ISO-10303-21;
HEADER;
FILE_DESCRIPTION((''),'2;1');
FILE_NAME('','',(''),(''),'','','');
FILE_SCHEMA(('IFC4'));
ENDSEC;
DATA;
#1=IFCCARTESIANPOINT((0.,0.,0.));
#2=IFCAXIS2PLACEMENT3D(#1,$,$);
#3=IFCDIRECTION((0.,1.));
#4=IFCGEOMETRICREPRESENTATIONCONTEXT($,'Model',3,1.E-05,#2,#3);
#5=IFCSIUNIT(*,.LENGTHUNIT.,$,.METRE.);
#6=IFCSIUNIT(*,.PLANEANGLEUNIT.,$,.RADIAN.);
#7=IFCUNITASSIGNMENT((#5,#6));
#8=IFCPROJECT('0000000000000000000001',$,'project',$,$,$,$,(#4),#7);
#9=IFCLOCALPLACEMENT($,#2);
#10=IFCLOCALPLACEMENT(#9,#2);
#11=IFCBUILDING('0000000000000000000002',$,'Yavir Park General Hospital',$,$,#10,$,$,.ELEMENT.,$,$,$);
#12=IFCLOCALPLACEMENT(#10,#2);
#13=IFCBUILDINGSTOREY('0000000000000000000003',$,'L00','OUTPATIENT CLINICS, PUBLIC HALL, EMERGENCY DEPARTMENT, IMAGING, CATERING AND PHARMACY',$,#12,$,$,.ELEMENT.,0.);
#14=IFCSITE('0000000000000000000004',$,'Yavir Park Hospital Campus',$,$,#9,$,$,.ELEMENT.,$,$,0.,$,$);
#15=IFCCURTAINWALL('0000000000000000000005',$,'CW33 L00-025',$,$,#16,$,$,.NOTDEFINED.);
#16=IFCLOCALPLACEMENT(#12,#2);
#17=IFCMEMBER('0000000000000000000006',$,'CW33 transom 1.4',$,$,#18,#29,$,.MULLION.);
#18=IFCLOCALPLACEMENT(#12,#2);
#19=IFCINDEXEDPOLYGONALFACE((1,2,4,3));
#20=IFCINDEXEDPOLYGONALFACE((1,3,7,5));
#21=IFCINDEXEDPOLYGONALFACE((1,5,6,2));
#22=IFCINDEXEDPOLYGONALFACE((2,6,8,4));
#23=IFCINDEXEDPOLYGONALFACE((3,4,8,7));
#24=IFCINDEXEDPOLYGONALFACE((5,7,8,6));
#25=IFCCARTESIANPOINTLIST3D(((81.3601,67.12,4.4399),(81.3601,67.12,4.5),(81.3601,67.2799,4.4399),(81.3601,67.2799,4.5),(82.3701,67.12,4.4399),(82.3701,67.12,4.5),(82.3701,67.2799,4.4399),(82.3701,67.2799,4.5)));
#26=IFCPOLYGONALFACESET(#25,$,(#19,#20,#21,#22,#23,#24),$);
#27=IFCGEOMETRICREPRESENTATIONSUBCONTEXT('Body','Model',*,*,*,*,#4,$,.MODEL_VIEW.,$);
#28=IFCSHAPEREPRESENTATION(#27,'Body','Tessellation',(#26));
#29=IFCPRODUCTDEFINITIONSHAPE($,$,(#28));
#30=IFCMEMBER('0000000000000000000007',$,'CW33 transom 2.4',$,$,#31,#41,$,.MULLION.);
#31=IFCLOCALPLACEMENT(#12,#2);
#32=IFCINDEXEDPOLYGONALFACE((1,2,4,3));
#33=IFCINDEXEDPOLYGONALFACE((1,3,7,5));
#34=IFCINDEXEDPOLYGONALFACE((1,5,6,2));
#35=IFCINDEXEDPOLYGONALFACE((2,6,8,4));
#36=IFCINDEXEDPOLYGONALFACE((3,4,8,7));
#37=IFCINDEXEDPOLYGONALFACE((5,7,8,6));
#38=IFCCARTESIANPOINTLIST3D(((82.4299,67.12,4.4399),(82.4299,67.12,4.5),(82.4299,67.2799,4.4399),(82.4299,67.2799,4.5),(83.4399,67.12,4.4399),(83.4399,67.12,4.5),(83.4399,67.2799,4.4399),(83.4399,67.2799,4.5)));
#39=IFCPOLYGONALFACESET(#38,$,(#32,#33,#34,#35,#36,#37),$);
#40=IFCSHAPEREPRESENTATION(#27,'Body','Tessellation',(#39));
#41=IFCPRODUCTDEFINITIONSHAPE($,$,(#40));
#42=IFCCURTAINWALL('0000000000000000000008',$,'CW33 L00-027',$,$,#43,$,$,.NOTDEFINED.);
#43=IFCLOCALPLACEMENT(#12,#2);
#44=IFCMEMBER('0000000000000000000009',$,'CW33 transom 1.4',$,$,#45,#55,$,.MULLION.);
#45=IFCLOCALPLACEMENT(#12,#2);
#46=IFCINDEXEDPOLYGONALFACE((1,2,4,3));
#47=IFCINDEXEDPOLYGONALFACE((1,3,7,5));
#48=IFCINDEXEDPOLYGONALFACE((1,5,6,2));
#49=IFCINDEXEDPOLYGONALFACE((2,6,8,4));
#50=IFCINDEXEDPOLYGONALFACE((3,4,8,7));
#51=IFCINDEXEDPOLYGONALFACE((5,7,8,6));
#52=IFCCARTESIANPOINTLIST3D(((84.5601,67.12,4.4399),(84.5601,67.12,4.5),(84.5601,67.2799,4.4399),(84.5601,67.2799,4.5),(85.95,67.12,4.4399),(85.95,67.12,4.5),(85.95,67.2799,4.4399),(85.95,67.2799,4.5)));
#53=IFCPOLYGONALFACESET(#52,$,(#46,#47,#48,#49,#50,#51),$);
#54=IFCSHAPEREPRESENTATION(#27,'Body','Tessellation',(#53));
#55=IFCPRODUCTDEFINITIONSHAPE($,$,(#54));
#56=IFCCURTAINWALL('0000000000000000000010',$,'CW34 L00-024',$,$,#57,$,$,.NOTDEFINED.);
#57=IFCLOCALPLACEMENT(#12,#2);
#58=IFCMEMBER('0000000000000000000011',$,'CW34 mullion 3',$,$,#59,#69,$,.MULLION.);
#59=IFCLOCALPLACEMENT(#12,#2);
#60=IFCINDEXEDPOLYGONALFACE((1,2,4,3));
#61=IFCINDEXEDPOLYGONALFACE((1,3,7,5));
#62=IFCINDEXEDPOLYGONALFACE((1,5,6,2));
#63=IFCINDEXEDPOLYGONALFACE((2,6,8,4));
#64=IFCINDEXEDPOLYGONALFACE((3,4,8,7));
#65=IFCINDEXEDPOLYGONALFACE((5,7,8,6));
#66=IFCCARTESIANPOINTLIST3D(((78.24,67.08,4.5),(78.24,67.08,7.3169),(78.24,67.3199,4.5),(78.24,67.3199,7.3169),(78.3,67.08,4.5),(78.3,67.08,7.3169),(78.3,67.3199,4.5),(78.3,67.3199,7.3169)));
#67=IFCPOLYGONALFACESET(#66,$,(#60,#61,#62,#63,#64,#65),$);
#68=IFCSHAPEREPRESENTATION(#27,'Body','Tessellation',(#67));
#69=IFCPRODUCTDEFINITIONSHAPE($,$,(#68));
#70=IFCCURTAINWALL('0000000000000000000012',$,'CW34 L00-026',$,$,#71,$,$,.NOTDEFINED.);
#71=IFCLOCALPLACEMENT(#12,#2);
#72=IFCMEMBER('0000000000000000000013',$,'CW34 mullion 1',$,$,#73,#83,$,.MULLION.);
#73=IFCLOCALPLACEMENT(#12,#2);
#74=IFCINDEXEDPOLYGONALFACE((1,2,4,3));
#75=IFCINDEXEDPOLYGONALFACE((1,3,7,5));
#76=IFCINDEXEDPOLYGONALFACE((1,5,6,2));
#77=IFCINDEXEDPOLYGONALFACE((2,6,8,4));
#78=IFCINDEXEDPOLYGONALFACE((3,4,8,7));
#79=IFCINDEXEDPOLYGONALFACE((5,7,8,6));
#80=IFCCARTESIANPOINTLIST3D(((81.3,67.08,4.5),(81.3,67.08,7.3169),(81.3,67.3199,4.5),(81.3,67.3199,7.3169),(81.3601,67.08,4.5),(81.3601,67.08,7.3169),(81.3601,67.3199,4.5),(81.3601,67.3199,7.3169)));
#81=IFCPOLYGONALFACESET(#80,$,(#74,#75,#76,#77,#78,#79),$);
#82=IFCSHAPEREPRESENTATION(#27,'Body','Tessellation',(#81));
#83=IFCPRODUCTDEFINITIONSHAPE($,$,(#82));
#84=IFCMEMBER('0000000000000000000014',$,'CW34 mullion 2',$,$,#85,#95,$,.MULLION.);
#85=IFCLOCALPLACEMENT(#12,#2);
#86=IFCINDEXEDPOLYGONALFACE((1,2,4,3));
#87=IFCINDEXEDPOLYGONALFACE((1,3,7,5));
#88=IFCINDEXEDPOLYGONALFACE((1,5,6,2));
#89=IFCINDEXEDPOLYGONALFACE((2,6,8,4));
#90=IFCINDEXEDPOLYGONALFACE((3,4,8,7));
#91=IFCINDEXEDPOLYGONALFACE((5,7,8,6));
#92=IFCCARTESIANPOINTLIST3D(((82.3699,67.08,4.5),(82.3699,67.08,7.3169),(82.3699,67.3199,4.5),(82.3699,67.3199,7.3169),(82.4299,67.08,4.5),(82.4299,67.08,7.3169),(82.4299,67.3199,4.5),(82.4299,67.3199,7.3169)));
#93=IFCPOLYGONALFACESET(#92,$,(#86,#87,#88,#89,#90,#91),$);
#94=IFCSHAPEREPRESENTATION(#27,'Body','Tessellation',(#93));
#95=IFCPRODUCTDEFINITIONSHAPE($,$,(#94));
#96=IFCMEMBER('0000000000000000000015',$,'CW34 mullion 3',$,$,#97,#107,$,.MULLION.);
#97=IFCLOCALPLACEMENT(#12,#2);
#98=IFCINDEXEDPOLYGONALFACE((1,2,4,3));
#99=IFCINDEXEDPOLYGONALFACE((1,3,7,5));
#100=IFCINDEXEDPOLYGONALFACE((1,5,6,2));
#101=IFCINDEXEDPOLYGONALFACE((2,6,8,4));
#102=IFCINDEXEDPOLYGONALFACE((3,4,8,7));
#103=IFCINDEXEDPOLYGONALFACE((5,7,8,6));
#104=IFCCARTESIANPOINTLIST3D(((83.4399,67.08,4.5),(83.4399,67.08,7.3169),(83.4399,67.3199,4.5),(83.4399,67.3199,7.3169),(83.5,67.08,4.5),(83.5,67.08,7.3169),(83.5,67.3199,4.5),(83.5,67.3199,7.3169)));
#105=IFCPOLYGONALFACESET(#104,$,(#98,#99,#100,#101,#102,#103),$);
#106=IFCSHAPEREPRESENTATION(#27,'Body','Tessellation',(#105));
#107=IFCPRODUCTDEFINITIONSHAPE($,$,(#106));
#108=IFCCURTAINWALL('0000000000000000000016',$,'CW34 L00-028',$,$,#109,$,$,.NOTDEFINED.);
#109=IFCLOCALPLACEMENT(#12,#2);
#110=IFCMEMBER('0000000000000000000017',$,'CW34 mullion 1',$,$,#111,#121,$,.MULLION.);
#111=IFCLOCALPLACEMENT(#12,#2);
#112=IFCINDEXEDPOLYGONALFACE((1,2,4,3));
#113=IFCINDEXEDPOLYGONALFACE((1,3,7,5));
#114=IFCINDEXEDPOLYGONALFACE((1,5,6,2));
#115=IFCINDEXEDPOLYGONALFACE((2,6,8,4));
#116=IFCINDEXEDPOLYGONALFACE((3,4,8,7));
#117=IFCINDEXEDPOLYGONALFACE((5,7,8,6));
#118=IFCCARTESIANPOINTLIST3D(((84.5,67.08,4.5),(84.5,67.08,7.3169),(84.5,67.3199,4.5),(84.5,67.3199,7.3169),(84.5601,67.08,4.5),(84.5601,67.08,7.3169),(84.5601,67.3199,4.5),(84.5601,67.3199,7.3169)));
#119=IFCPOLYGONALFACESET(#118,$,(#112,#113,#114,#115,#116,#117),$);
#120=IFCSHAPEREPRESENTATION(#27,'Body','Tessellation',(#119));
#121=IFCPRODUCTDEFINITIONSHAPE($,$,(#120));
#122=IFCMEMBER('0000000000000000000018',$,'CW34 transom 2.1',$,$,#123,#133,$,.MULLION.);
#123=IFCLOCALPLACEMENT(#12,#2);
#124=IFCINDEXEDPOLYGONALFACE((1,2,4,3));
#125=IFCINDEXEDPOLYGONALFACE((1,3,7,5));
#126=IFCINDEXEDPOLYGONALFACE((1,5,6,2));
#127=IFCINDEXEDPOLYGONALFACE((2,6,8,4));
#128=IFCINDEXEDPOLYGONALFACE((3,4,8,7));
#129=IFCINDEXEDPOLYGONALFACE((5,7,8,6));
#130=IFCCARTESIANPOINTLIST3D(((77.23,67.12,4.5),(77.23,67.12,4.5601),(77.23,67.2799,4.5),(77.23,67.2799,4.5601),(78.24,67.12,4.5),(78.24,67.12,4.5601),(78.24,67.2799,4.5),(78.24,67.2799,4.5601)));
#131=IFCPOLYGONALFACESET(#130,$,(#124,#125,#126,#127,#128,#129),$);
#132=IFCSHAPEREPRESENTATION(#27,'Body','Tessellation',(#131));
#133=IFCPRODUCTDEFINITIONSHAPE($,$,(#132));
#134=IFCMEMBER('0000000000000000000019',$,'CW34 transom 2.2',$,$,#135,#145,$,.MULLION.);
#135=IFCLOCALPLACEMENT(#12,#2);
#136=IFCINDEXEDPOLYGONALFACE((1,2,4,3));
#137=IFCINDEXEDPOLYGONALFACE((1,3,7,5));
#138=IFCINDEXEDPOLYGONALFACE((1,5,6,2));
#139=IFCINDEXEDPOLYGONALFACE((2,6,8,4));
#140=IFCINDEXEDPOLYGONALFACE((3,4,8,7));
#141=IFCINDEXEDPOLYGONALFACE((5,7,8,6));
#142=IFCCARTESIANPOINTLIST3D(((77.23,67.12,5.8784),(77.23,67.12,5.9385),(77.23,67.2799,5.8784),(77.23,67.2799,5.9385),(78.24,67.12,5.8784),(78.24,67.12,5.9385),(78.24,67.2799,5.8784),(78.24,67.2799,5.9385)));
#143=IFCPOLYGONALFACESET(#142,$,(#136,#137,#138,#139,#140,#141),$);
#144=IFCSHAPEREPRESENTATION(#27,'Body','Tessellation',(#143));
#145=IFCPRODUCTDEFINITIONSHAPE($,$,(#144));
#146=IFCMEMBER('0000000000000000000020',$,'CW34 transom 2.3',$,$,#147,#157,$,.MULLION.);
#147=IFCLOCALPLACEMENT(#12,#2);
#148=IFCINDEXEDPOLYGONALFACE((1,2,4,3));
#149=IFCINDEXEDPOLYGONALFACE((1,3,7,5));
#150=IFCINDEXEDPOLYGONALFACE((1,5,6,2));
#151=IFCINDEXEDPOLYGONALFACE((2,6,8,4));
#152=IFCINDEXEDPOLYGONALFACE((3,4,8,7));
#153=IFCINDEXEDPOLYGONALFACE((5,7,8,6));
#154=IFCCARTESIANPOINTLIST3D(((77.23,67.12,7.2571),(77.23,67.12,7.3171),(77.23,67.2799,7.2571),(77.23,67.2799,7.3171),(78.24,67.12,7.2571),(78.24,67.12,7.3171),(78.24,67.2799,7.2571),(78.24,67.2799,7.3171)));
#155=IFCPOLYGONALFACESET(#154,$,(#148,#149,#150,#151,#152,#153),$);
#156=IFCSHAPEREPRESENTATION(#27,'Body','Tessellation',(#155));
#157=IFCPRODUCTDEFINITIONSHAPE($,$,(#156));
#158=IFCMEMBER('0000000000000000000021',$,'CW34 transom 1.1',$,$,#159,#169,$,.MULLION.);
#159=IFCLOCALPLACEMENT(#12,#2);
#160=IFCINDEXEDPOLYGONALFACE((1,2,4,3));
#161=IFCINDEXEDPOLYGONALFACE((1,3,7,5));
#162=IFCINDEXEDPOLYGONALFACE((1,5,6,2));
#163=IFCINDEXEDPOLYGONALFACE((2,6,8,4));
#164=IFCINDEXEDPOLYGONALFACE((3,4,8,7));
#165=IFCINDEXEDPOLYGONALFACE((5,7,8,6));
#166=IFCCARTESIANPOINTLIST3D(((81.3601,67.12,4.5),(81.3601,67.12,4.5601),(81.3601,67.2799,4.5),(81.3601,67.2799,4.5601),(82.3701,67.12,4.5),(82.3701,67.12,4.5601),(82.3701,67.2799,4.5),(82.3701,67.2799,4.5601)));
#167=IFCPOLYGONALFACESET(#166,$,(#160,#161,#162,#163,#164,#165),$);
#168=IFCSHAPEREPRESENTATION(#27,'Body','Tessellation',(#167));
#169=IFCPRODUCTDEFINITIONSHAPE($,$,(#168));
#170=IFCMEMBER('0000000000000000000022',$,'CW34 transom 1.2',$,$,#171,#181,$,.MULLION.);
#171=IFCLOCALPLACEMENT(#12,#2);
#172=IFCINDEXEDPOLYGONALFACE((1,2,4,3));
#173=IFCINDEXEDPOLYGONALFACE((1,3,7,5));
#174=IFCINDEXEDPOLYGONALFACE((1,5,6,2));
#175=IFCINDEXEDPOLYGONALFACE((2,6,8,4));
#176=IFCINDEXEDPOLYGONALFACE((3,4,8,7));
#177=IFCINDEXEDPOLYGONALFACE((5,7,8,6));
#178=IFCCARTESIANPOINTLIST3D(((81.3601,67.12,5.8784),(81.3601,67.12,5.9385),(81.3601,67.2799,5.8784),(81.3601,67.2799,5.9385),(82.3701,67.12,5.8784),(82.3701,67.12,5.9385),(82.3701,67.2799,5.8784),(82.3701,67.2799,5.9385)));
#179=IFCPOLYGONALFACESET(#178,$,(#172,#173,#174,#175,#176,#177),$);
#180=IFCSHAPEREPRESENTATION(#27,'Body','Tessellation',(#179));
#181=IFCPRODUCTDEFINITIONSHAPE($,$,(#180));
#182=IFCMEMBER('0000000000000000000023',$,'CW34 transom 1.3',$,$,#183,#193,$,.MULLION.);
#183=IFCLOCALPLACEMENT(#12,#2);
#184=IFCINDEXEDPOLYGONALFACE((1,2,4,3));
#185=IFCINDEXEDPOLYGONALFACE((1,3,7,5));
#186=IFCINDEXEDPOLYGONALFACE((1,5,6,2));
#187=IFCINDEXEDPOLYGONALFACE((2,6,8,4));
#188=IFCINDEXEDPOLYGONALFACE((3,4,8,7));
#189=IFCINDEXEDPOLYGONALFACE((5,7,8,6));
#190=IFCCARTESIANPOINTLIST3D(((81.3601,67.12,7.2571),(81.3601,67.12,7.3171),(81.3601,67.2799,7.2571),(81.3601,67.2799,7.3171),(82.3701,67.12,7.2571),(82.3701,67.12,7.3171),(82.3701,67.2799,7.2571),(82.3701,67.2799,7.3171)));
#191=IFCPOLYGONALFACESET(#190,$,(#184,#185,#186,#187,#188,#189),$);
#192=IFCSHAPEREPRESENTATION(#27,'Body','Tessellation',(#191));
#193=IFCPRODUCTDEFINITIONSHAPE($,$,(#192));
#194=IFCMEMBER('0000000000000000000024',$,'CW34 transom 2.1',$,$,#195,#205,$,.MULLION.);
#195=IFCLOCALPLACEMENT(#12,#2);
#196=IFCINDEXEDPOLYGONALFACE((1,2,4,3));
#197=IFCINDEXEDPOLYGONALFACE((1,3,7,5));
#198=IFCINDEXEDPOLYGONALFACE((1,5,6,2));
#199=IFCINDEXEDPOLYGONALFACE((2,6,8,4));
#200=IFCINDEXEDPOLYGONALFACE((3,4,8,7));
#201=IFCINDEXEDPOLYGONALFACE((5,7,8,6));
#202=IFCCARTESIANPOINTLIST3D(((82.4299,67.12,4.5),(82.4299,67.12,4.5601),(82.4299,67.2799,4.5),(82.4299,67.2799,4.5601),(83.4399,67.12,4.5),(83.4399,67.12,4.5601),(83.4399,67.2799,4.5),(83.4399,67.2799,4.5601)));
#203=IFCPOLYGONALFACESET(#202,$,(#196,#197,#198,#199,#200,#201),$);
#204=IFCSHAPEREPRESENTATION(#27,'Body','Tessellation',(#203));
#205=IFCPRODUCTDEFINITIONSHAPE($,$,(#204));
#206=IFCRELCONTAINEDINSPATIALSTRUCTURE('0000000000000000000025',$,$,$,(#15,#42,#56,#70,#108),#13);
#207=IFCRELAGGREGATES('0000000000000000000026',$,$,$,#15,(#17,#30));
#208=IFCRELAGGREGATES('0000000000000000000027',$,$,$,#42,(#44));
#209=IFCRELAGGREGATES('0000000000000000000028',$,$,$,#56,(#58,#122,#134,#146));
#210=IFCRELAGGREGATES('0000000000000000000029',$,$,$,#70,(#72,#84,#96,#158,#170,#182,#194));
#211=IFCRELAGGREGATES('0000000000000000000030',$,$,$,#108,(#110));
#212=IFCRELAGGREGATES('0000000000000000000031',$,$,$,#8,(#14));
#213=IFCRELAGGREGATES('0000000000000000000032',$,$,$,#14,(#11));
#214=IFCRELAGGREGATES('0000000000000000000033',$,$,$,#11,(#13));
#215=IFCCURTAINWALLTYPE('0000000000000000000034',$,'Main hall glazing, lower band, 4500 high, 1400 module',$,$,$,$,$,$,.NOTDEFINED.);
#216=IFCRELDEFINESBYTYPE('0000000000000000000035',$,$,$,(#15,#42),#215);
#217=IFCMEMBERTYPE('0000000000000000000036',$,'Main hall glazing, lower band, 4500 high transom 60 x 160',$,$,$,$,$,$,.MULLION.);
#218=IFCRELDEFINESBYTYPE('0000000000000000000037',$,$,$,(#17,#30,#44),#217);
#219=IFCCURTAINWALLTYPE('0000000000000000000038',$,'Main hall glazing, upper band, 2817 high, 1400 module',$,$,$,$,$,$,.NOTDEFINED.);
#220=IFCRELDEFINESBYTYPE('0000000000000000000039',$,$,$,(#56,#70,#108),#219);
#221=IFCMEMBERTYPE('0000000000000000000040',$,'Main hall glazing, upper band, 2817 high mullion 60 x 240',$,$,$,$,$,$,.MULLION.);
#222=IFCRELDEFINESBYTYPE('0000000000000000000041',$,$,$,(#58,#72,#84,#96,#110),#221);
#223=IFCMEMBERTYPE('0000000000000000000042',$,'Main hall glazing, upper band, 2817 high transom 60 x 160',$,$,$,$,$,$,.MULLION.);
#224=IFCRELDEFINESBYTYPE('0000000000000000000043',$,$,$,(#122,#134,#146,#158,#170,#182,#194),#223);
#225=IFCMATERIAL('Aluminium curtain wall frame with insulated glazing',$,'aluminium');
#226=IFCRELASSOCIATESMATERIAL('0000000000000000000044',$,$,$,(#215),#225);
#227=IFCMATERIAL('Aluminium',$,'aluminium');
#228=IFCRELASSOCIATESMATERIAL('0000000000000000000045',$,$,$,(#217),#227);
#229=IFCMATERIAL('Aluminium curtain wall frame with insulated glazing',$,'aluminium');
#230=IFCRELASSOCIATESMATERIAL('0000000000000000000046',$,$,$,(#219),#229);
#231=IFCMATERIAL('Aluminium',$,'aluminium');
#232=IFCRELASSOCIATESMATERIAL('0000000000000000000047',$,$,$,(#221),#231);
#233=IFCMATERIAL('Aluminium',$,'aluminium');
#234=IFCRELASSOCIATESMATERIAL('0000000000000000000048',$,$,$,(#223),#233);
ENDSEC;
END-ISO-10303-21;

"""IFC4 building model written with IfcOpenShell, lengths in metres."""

from ifc_helpers import new_model, si_unit, direction, frame, origin, origin_2d, place, context, subcontext, project, spatial, rectangle, extrude, material, material_profile, profile_set, type_object, element, aggregate, save


model = new_model("IFC4")

# Units and contexts
model_context = context("Model", 3, precision=1e-05, world=origin(), true_north=direction((0.0, 1.0)))
body_context = subcontext(model_context, "Body", "Model", "MODEL_VIEW")
ifc_project = project(units=[si_unit("LENGTHUNIT", "METRE"), si_unit("PLANEANGLEUNIT", "RADIAN")], contexts=[model_context])

# Site, building, storey
site_placement = place(None, origin())
site = spatial("IfcSite", under=ifc_project, at=site_placement, Name="Yavir Park Hospital Campus", CompositionType="ELEMENT", RefElevation=0.0)
building_placement = place(site_placement, origin())
building = spatial("IfcBuilding", under=site, at=building_placement, Name="Yavir Park General Hospital", CompositionType="ELEMENT")
storey_placement = place(building_placement, origin())
storey = spatial("IfcBuildingStorey", under=building, at=storey_placement, Name="L00", Description="OUTPATIENT CLINICS, PUBLIC HALL, EMERGENCY DEPARTMENT, IMAGING, CATERING AND PHARMACY", CompositionType="ELEMENT", Elevation=0.0)

# Curtain wall, members
ifc_material_1 = material(Name="Aluminium curtain wall frame with insulated glazing", Category="aluminium")
curtain_wall_type_1 = type_object("IfcCurtainWallType", Name="Main hall glazing, lower band, 4500 high, 1400 module", PredefinedType="NOTDEFINED", material=ifc_material_1)
curtain_wall_1_placement = place(storey_placement, origin())
curtain_wall_1 = element("IfcCurtainWall", 1, at=curtain_wall_1_placement, inside=storey, type_object=curtain_wall_type_1, Name="CW33 L00-025", PredefinedType="NOTDEFINED")
ifc_material_2 = material(Name="Aluminium", Category="aluminium")
ifc_material_profile_1 = material_profile(ifc_material_2, rectangle(XDim=0.1599, YDim=0.0601, at=origin_2d()), Name="AL 160x60")
ifc_profile_set_1 = profile_set([ifc_material_profile_1], Name="Aluminium")
member_type_1 = type_object("IfcMemberType", Name="Main hall glazing, lower band, 4500 high transom 60 x 160", PredefinedType="MULLION", material=ifc_profile_set_1)
member_1_placement = place(storey_placement, frame((81.3601, 67.2, 4.47), z_axis=(1.0, 0.0, 0.0), x_axis=(0.0, 1.0, 0.0)))
member_1 = element("IfcMember", 2, at=member_1_placement, type_object=member_type_1, Name="CW33 transom 1.4", PredefinedType="MULLION", context=body_context, shape_type="SweptSolid", body=[
    extrude(rectangle(XDim=0.1599, YDim=0.0601, at=origin_2d()), origin(), (0.0, 0.0, 1.0), 1.01),
])
member_2_placement = place(storey_placement, frame((82.4299, 67.2, 4.47), z_axis=(1.0, 0.0, 0.0), x_axis=(0.0, 1.0, 0.0)))
member_2 = element("IfcMember", 3, at=member_2_placement, type_object=member_type_1, Name="CW33 transom 2.4", PredefinedType="MULLION", context=body_context, shape_type="SweptSolid", body=[
    extrude(rectangle(XDim=0.1599, YDim=0.0601, at=origin_2d()), origin(), (0.0, 0.0, 1.0), 1.01),
])

# Curtain walls, members
curtain_wall_2_placement = place(storey_placement, origin())
curtain_wall_2 = element("IfcCurtainWall", 4, at=curtain_wall_2_placement, inside=storey, type_object=curtain_wall_type_1, Name="CW33 L00-027", PredefinedType="NOTDEFINED")
member_3_placement = place(storey_placement, frame((84.5601, 67.2, 4.47), z_axis=(1.0, 0.0, 0.0), x_axis=(0.0, 1.0, 0.0)))
member_3 = element("IfcMember", 5, at=member_3_placement, type_object=member_type_1, Name="CW33 transom 1.4", PredefinedType="MULLION", context=body_context, shape_type="SweptSolid", body=[
    extrude(rectangle(XDim=0.1599, YDim=0.0601, at=origin_2d()), origin(), (0.0, 0.0, 1.0), 1.3899),
])
ifc_material_3 = material(Name="Aluminium curtain wall frame with insulated glazing", Category="aluminium")
curtain_wall_type_2 = type_object("IfcCurtainWallType", Name="Main hall glazing, upper band, 2817 high, 1400 module", PredefinedType="NOTDEFINED", material=ifc_material_3)
curtain_wall_3_placement = place(storey_placement, origin())
curtain_wall_3 = element("IfcCurtainWall", 6, at=curtain_wall_3_placement, inside=storey, type_object=curtain_wall_type_2, Name="CW34 L00-024", PredefinedType="NOTDEFINED")
ifc_material_4 = material(Name="Aluminium", Category="aluminium")
ifc_material_profile_2 = material_profile(ifc_material_4, rectangle(XDim=0.24, YDim=0.0601, at=origin_2d()), Name="AL 60x240")
ifc_profile_set_2 = profile_set([ifc_material_profile_2], Name="Aluminium")
member_type_2 = type_object("IfcMemberType", Name="Main hall glazing, upper band, 2817 high mullion 60 x 240", PredefinedType="MULLION", material=ifc_profile_set_2)
member_4_placement = place(storey_placement, frame((78.27, 67.2, 4.5), z_axis=(0.0, 0.0, 1.0), x_axis=(0.0, 1.0, 0.0)))
member_4 = element("IfcMember", 7, at=member_4_placement, type_object=member_type_2, Name="CW34 mullion 3", PredefinedType="MULLION", context=body_context, shape_type="SweptSolid", body=[
    extrude(rectangle(XDim=0.24, YDim=0.0601, at=origin_2d()), origin(), (0.0, 0.0, 1.0), 2.8169),
])

# Curtain wall, members
curtain_wall_4_placement = place(storey_placement, origin())
curtain_wall_4 = element("IfcCurtainWall", 8, at=curtain_wall_4_placement, inside=storey, type_object=curtain_wall_type_2, Name="CW34 L00-026", PredefinedType="NOTDEFINED")
member_5_placement = place(storey_placement, frame((81.3301, 67.2, 4.5), z_axis=(0.0, 0.0, 1.0), x_axis=(0.0, 1.0, 0.0)))
member_5 = element("IfcMember", 9, at=member_5_placement, type_object=member_type_2, Name="CW34 mullion 1", PredefinedType="MULLION", context=body_context, shape_type="SweptSolid", body=[
    extrude(rectangle(XDim=0.24, YDim=0.0601, at=origin_2d()), origin(), (0.0, 0.0, 1.0), 2.8169),
])
member_6_placement = place(storey_placement, frame((82.3999, 67.2, 4.5), z_axis=(0.0, 0.0, 1.0), x_axis=(0.0, 1.0, 0.0)))
member_6 = element("IfcMember", 10, at=member_6_placement, type_object=member_type_2, Name="CW34 mullion 2", PredefinedType="MULLION", context=body_context, shape_type="SweptSolid", body=[
    extrude(rectangle(XDim=0.24, YDim=0.0601, at=origin_2d()), origin(), (0.0, 0.0, 1.0), 2.8169),
])
member_7_placement = place(storey_placement, frame((83.47, 67.2, 4.5), z_axis=(0.0, 0.0, 1.0), x_axis=(0.0, 1.0, 0.0)))
member_7 = element("IfcMember", 11, at=member_7_placement, type_object=member_type_2, Name="CW34 mullion 3", PredefinedType="MULLION", context=body_context, shape_type="SweptSolid", body=[
    extrude(rectangle(XDim=0.24, YDim=0.0601, at=origin_2d()), origin(), (0.0, 0.0, 1.0), 2.8169),
])

# Curtain wall, member
curtain_wall_5_placement = place(storey_placement, origin())
curtain_wall_5 = element("IfcCurtainWall", 12, at=curtain_wall_5_placement, inside=storey, type_object=curtain_wall_type_2, Name="CW34 L00-028", PredefinedType="NOTDEFINED")
member_8_placement = place(storey_placement, frame((84.53, 67.2, 4.5), z_axis=(0.0, 0.0, 1.0), x_axis=(0.0, 1.0, 0.0)))
member_8 = element("IfcMember", 13, at=member_8_placement, type_object=member_type_2, Name="CW34 mullion 1", PredefinedType="MULLION", context=body_context, shape_type="SweptSolid", body=[
    extrude(rectangle(XDim=0.24, YDim=0.0601, at=origin_2d()), origin(), (0.0, 0.0, 1.0), 2.8169),
])

# Members
ifc_material_5 = material(Name="Aluminium", Category="aluminium")
ifc_material_profile_3 = material_profile(ifc_material_5, rectangle(XDim=0.1599, YDim=0.0601, at=origin_2d()), Name="AL 160x60")
ifc_profile_set_3 = profile_set([ifc_material_profile_3], Name="Aluminium")
member_type_3 = type_object("IfcMemberType", Name="Main hall glazing, upper band, 2817 high transom 60 x 160", PredefinedType="MULLION", material=ifc_profile_set_3)
member_9_placement = place(storey_placement, frame((77.23, 67.2, 4.53), z_axis=(1.0, 0.0, 0.0), x_axis=(0.0, 1.0, 0.0)))
member_9 = element("IfcMember", 14, at=member_9_placement, type_object=member_type_3, Name="CW34 transom 2.1", PredefinedType="MULLION", context=body_context, shape_type="SweptSolid", body=[
    extrude(rectangle(XDim=0.1599, YDim=0.0601, at=origin_2d()), origin(), (0.0, 0.0, 1.0), 1.01),
])
member_10_placement = place(storey_placement, frame((77.23, 67.2, 5.9084), z_axis=(1.0, 0.0, 0.0), x_axis=(0.0, 1.0, 0.0)))
member_10 = element("IfcMember", 15, at=member_10_placement, type_object=member_type_3, Name="CW34 transom 2.2", PredefinedType="MULLION", context=body_context, shape_type="SweptSolid", body=[
    extrude(rectangle(XDim=0.1599, YDim=0.0601, at=origin_2d()), origin(), (0.0, 0.0, 1.0), 1.01),
])
member_11_placement = place(storey_placement, frame((77.23, 67.2, 7.2871), z_axis=(1.0, 0.0, 0.0), x_axis=(0.0, 1.0, 0.0)))
member_11 = element("IfcMember", 16, at=member_11_placement, type_object=member_type_3, Name="CW34 transom 2.3", PredefinedType="MULLION", context=body_context, shape_type="SweptSolid", body=[
    extrude(rectangle(XDim=0.1599, YDim=0.0601, at=origin_2d()), origin(), (0.0, 0.0, 1.0), 1.01),
])
member_12_placement = place(storey_placement, frame((81.3601, 67.2, 4.53), z_axis=(1.0, 0.0, 0.0), x_axis=(0.0, 1.0, 0.0)))
member_12 = element("IfcMember", 17, at=member_12_placement, type_object=member_type_3, Name="CW34 transom 1.1", PredefinedType="MULLION", context=body_context, shape_type="SweptSolid", body=[
    extrude(rectangle(XDim=0.1599, YDim=0.0601, at=origin_2d()), origin(), (0.0, 0.0, 1.0), 1.01),
])
member_13_placement = place(storey_placement, frame((81.3601, 67.2, 5.9084), z_axis=(1.0, 0.0, 0.0), x_axis=(0.0, 1.0, 0.0)))
member_13 = element("IfcMember", 18, at=member_13_placement, type_object=member_type_3, Name="CW34 transom 1.2", PredefinedType="MULLION", context=body_context, shape_type="SweptSolid", body=[
    extrude(rectangle(XDim=0.1599, YDim=0.0601, at=origin_2d()), origin(), (0.0, 0.0, 1.0), 1.01),
])
member_14_placement = place(storey_placement, frame((81.3601, 67.2, 7.2871), z_axis=(1.0, 0.0, 0.0), x_axis=(0.0, 1.0, 0.0)))
member_14 = element("IfcMember", 19, at=member_14_placement, type_object=member_type_3, Name="CW34 transom 1.3", PredefinedType="MULLION", context=body_context, shape_type="SweptSolid", body=[
    extrude(rectangle(XDim=0.1599, YDim=0.0601, at=origin_2d()), origin(), (0.0, 0.0, 1.0), 1.01),
])
member_15_placement = place(storey_placement, frame((82.4299, 67.2, 4.53), z_axis=(1.0, 0.0, 0.0), x_axis=(0.0, 1.0, 0.0)))
member_15 = element("IfcMember", 20, at=member_15_placement, type_object=member_type_3, Name="CW34 transom 2.1", PredefinedType="MULLION", context=body_context, shape_type="SweptSolid", body=[
    extrude(rectangle(XDim=0.1599, YDim=0.0601, at=origin_2d()), origin(), (0.0, 0.0, 1.0), 1.01),
])

aggregate(curtain_wall_1, [member_1, member_2])
aggregate(curtain_wall_2, [member_3])
aggregate(curtain_wall_3, [member_4, member_9, member_10, member_11])
aggregate(curtain_wall_4, [member_5, member_6, member_7, member_12, member_13, member_14, member_15])
aggregate(curtain_wall_5, [member_8])

save(model, "model.ifc")
